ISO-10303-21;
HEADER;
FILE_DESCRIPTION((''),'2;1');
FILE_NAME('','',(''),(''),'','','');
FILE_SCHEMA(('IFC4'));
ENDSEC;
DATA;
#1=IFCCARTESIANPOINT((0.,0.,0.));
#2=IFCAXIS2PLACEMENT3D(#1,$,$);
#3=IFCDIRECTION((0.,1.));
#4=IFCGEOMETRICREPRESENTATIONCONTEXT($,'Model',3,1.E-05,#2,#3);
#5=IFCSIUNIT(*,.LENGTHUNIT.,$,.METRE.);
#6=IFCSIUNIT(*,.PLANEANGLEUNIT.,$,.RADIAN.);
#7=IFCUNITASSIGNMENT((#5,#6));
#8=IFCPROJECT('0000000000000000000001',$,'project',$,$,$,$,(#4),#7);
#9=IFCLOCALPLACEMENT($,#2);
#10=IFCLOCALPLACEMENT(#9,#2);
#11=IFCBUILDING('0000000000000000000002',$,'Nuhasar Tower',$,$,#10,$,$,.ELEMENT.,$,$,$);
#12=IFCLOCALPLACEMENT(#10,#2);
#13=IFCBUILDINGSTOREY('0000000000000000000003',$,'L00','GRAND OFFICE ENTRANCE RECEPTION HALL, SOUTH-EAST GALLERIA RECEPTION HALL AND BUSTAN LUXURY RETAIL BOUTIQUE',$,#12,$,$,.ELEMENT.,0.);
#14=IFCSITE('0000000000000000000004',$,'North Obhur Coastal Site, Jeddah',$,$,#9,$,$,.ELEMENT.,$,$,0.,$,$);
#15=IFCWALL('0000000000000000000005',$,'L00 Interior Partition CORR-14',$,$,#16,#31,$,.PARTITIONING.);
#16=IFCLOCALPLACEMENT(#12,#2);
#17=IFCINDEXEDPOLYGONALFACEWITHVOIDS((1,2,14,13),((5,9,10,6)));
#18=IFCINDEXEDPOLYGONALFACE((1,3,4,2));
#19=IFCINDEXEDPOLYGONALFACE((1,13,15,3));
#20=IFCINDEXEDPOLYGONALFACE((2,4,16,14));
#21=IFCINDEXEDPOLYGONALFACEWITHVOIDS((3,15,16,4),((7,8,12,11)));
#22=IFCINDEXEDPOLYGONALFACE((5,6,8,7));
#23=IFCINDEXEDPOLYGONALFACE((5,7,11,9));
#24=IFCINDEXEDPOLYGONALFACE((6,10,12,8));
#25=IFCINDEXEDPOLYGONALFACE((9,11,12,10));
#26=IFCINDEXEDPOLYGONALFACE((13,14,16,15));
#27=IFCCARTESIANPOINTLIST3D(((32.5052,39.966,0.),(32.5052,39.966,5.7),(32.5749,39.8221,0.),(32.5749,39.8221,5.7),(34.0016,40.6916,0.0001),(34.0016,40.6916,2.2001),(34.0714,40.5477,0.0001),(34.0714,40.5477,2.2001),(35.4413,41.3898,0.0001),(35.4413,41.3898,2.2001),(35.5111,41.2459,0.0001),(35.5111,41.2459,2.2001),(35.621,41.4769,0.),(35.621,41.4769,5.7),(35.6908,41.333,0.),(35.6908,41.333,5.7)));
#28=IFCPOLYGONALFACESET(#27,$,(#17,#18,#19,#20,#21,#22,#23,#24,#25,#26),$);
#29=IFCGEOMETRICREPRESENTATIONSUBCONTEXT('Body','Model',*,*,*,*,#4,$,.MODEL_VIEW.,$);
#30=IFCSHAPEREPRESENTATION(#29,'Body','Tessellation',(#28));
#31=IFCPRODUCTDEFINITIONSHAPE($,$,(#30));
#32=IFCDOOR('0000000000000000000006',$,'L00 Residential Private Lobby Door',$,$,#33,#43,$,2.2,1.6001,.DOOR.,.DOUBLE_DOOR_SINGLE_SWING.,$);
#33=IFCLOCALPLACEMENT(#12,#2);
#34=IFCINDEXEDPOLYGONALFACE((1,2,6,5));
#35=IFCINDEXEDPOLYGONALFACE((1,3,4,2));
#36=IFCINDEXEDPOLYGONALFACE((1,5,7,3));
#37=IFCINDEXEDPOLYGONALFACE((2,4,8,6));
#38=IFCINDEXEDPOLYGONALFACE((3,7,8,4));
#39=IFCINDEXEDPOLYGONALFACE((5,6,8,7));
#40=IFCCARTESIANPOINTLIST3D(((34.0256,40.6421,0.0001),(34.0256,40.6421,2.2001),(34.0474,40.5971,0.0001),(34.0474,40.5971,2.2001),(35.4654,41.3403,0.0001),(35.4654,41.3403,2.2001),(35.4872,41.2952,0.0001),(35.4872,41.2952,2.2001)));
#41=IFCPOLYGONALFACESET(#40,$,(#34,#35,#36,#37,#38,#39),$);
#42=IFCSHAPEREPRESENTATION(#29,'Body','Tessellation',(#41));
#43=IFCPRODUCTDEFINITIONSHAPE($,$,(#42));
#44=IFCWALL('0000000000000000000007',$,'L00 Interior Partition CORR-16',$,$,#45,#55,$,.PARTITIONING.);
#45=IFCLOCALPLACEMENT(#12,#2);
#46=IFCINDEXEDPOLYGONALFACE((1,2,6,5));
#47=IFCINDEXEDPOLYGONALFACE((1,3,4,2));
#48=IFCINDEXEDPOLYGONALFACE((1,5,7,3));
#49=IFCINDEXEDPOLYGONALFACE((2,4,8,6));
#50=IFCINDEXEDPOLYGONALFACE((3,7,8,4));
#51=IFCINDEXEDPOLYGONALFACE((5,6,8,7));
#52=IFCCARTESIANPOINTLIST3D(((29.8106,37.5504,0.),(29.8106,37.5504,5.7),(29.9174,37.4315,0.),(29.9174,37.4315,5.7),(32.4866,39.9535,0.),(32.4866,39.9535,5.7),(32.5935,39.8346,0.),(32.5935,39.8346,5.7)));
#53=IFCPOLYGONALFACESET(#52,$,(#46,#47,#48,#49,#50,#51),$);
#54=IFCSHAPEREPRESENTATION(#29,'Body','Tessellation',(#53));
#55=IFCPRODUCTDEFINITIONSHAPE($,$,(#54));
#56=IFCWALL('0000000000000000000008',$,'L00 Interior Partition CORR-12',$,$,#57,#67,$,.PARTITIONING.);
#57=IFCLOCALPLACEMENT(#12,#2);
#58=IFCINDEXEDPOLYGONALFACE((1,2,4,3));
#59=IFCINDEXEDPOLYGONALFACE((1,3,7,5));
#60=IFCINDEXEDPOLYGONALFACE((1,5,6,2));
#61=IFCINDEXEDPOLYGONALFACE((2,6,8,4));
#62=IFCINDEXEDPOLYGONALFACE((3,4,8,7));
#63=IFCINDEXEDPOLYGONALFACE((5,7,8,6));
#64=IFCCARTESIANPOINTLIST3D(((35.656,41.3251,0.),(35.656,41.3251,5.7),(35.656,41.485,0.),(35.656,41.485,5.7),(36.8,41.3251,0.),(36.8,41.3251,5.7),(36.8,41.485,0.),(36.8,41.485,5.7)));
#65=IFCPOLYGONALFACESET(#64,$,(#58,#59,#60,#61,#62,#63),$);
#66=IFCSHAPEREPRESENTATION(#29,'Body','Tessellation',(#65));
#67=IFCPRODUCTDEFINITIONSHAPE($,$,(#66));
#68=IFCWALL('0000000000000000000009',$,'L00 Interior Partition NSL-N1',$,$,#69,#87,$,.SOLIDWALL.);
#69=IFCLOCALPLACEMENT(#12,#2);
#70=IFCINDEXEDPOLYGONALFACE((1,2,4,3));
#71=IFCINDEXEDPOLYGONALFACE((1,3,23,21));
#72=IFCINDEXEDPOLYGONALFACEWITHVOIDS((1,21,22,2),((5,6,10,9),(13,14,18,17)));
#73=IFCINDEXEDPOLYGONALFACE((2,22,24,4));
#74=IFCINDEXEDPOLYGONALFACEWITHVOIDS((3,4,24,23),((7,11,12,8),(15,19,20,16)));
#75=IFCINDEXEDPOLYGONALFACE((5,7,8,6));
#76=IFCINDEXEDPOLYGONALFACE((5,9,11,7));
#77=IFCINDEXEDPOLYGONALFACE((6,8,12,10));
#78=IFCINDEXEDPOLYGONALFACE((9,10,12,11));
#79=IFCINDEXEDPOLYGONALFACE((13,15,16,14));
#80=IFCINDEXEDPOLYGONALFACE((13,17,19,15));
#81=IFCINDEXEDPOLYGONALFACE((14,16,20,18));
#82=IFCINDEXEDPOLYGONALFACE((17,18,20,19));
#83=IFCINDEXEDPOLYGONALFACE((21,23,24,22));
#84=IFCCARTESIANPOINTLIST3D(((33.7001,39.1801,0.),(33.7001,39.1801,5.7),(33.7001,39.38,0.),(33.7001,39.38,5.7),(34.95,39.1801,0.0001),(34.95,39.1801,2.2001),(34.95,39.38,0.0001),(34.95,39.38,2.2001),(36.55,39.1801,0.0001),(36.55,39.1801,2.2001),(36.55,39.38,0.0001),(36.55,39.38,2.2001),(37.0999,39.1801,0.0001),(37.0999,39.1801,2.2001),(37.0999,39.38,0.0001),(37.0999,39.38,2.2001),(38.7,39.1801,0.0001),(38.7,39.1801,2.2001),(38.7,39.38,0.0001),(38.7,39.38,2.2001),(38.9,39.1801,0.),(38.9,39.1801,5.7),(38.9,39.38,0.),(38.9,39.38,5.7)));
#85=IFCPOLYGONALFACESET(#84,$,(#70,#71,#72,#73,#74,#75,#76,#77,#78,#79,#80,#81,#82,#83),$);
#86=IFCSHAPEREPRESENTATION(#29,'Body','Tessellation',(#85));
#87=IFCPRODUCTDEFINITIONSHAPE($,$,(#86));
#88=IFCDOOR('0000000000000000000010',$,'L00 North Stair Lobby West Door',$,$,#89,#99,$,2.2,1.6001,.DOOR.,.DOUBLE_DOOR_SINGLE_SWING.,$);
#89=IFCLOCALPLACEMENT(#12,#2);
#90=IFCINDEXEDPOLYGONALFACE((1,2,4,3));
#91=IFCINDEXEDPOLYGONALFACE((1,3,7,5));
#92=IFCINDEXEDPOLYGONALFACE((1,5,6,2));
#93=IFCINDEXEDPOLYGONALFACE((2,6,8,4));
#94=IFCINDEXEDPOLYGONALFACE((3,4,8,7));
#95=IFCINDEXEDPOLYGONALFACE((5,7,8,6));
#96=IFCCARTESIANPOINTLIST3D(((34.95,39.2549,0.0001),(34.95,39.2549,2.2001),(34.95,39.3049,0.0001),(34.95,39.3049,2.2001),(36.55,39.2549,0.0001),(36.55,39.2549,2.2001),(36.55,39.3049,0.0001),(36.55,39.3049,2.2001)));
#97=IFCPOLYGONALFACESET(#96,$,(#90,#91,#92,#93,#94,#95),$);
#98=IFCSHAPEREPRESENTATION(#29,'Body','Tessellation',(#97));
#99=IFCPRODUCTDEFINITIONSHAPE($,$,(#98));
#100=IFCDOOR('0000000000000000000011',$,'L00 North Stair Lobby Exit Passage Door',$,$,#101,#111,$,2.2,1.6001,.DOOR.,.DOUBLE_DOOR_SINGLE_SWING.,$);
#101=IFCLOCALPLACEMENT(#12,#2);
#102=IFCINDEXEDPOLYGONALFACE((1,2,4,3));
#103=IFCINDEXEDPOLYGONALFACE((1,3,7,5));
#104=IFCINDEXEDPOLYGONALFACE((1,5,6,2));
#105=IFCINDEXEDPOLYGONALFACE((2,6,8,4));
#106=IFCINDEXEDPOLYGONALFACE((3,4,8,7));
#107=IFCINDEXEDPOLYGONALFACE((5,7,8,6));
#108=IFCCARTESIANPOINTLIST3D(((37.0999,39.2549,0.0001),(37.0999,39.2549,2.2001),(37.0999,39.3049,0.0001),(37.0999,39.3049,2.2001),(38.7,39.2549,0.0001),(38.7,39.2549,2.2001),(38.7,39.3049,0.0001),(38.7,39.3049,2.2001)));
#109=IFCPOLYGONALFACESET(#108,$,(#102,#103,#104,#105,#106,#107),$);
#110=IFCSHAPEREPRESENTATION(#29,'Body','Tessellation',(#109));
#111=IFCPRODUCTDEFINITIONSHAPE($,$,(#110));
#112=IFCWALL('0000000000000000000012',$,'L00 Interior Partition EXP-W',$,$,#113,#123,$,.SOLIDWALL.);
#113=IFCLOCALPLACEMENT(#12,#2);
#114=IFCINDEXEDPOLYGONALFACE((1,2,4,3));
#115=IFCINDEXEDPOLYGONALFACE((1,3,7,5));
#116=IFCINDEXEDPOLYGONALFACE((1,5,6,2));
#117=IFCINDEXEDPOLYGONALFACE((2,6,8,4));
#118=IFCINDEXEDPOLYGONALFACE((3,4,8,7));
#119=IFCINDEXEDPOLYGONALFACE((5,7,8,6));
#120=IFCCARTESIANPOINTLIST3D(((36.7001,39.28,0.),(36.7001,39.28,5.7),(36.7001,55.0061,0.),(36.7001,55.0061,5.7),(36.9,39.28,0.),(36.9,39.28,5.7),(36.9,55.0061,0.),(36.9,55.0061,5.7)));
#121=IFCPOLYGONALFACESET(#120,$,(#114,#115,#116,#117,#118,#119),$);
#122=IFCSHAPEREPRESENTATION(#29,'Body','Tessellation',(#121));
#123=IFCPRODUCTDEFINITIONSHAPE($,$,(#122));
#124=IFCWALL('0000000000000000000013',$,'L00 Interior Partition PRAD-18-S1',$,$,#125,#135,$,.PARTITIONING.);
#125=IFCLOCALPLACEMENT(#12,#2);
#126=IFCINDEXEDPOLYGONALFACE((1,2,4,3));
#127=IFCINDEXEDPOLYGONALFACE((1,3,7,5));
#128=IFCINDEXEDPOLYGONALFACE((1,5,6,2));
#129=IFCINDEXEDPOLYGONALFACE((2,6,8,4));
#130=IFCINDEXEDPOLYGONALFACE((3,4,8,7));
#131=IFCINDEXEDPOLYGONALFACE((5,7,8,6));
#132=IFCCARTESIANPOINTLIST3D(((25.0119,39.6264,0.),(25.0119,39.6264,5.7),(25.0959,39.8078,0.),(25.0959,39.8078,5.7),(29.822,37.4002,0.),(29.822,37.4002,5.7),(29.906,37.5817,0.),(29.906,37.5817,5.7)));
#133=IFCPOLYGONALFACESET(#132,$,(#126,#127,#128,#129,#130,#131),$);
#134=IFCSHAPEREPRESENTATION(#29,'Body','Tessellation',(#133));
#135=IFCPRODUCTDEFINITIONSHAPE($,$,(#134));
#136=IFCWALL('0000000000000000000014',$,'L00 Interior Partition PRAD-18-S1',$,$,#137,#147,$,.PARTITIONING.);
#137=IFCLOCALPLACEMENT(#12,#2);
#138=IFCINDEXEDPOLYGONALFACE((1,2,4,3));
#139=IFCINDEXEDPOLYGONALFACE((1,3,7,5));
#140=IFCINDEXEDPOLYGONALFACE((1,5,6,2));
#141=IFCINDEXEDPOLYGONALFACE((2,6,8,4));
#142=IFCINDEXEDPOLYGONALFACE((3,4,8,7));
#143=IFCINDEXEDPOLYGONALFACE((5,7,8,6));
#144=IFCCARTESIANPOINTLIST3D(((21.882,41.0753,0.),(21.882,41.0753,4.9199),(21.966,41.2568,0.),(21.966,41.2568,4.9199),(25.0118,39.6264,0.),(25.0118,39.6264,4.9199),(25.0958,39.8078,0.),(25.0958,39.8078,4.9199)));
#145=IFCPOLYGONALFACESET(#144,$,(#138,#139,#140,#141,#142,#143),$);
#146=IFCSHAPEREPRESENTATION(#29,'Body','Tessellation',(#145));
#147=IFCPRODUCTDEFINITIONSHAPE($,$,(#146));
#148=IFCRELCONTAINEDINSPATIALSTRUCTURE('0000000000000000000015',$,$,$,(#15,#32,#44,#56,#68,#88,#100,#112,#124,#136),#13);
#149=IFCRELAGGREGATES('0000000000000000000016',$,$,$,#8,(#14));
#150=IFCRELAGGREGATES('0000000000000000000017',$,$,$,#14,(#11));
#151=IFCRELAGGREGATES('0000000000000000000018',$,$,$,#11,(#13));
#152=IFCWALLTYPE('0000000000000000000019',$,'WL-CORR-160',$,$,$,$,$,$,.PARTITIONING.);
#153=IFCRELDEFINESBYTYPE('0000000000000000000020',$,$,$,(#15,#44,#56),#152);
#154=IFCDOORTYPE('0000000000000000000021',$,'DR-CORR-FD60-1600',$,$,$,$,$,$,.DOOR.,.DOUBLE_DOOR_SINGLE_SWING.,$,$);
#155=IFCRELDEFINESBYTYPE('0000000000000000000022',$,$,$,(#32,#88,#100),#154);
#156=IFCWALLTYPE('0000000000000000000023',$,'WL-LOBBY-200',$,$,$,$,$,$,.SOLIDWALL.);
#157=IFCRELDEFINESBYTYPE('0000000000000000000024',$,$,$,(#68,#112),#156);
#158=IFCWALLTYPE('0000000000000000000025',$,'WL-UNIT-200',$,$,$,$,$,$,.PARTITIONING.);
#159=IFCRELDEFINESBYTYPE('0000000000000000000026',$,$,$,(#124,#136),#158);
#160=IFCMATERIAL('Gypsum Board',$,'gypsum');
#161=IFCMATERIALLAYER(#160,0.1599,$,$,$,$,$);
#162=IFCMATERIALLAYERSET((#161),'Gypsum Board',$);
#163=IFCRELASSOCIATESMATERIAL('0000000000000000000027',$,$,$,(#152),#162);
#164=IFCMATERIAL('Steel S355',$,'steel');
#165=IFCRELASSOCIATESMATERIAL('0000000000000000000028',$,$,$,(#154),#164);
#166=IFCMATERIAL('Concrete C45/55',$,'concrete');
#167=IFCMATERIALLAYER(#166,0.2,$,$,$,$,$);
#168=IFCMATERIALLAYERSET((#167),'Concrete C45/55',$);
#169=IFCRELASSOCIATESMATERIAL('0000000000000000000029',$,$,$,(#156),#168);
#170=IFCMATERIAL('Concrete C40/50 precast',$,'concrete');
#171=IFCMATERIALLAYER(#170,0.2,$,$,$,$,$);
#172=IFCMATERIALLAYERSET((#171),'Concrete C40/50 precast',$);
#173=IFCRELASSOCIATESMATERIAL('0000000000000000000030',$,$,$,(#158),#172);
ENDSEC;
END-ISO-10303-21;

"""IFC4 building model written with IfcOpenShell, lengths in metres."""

from ifc_helpers import new_model, si_unit, direction, frame, frame_2d, origin, place, context, subcontext, project, spatial, rectangle, extrude, material, layer, layer_set, type_object, element, fill, save


model = new_model("IFC4")

# Units and contexts
model_context = context("Model", 3, precision=1e-05, world=origin(), true_north=direction((0.0, 1.0)))
body_context = subcontext(model_context, "Body", "Model", "MODEL_VIEW")
ifc_project = project(units=[si_unit("LENGTHUNIT", "METRE"), si_unit("PLANEANGLEUNIT", "RADIAN")], contexts=[model_context])

# Site, building, storey
site_placement = place(None, origin())
site = spatial("IfcSite", under=ifc_project, at=site_placement, Name="North Obhur Coastal Site, Jeddah", CompositionType="ELEMENT", RefElevation=0.0)
building_placement = place(site_placement, origin())
building = spatial("IfcBuilding", under=site, at=building_placement, Name="Nuhasar Tower", CompositionType="ELEMENT")
storey_placement = place(building_placement, origin())
storey = spatial("IfcBuildingStorey", under=building, at=storey_placement, Name="L00", Description="GRAND OFFICE ENTRANCE RECEPTION HALL, SOUTH-EAST GALLERIA RECEPTION HALL AND BUSTAN LUXURY RETAIL BOUTIQUE", CompositionType="ELEMENT", Elevation=0.0)

# Shared definitions
ifc_material_1 = material(Name="Steel S355", Category="steel")

# Wall, opening, door
ifc_material_2 = material(Name="Gypsum Board", Category="gypsum")
ifc_layer_1 = layer(ifc_material_2, 0.1599)
ifc_layer_set_1 = layer_set([ifc_layer_1], Name="Gypsum Board")
wall_type_1 = type_object("IfcWallType", Name="WL-CORR-160", PredefinedType="PARTITIONING", material=ifc_layer_set_1)
wall_1_placement = place(storey_placement, frame((32.54, 39.894, 0.0), z_axis=(0.0, 0.0, 1.0), x_axis=(0.89979, 0.436324, 0.0)))
wall_1 = element("IfcWall", 1, at=wall_1_placement, inside=storey, type_object=wall_type_1, Name="L00 Interior Partition CORR-14", PredefinedType="PARTITIONING", context=body_context, shape_type="SweptSolid", body=[
    extrude(rectangle(XDim=3.4629, YDim=0.1599, at=frame_2d((1.7314, 0.0))), origin(), (0.0, 0.0, 1.0), 5.7),
])
opening_1_placement = place(wall_1_placement, frame((1.6631, 0.0, 0.0)))
opening_1 = element("IfcOpeningElement", 2, at=opening_1_placement, cuts=wall_1, PredefinedType="OPENING", context=body_context, shape_type="SweptSolid", body=[
    extrude(rectangle(XDim=1.6001, YDim=2.2, at=frame_2d((0.8, 1.1001))), frame((0.0, 0.0898, 0.0), z_axis=(0.0, -1.0, 0.0), x_axis=(1.0, 0.0, 0.0)), (0.0, 0.0, 1.0), 0.1799),
])
door_type = type_object("IfcDoorType", Name="DR-CORR-FD60-1600", OperationType="DOUBLE_DOOR_SINGLE_SWING", PredefinedType="DOOR", material=ifc_material_1)
door_1_placement = place(opening_1_placement, origin())
door_1 = element("IfcDoor", 3, at=door_1_placement, inside=storey, type_object=door_type, Name="L00 Residential Private Lobby Door", OperationType="DOUBLE_DOOR_SINGLE_SWING", OverallHeight=2.2, OverallWidth=1.6001, PredefinedType="DOOR", context=body_context, shape_type="SweptSolid", body=[
    extrude(rectangle(XDim=1.6001, YDim=2.2, at=frame_2d((0.8, 1.1001))), frame((0.0, 0.0249, 0.0), z_axis=(0.0, -1.0, 0.0), x_axis=(1.0, 0.0, 0.0)), (0.0, 0.0, 1.0), 0.05),
])
fill(opening_1, door_1)

# Walls
wall_2_placement = place(storey_placement, frame((32.54, 39.894, 0.0), z_axis=(0.0, 0.0, 1.0), x_axis=(-0.744033, -0.668143, 0.0)))
element("IfcWall", 4, at=wall_2_placement, inside=storey, type_object=wall_type_1, Name="L00 Interior Partition CORR-16", PredefinedType="PARTITIONING", context=body_context, shape_type="SweptSolid", body=[
    extrude(rectangle(XDim=3.5967, YDim=0.1599, at=frame_2d((1.7983, 0.0))), origin(), (0.0, 0.0, 1.0), 5.7),
])
wall_3_placement = place(storey_placement, frame((36.8, 41.405, 0.0), z_axis=(0.0, 0.0, 1.0), x_axis=(-1.0, 0.0, 0.0)))
element("IfcWall", 5, at=wall_3_placement, inside=storey, type_object=wall_type_1, Name="L00 Interior Partition CORR-12", PredefinedType="PARTITIONING", context=body_context, shape_type="SweptSolid", body=[
    extrude(rectangle(XDim=1.144, YDim=0.1599, at=frame_2d((0.572, 0.0))), origin(), (0.0, 0.0, 1.0), 5.7),
])

# Wall, openings, doors
ifc_material_3 = material(Name="Concrete C45/55", Category="concrete")
ifc_layer_2 = layer(ifc_material_3, 0.2)
ifc_layer_set_2 = layer_set([ifc_layer_2], Name="Concrete C45/55")
wall_type_2 = type_object("IfcWallType", Name="WL-LOBBY-200", PredefinedType="SOLIDWALL", material=ifc_layer_set_2)
wall_4_placement = place(storey_placement, frame((33.7, 39.28, 0.0), z_axis=(0.0, 0.0, 1.0), x_axis=(1.0, 0.0, 0.0)))
wall_4 = element("IfcWall", 6, at=wall_4_placement, inside=storey, type_object=wall_type_2, Name="L00 Interior Partition NSL-N1", PredefinedType="SOLIDWALL", context=body_context, shape_type="SweptSolid", body=[
    extrude(rectangle(XDim=5.2, YDim=0.2, at=frame_2d((2.6001, 0.0))), origin(), (0.0, 0.0, 1.0), 5.7),
])
opening_2_placement = place(wall_4_placement, frame((1.25, 0.0, 0.0)))
opening_2 = element("IfcOpeningElement", 7, at=opening_2_placement, cuts=wall_4, PredefinedType="OPENING", context=body_context, shape_type="SweptSolid", body=[
    extrude(rectangle(XDim=1.6001, YDim=2.2, at=frame_2d((0.8, 1.1001))), frame((0.0, 0.1099, 0.0), z_axis=(0.0, -1.0, 0.0), x_axis=(1.0, 0.0, 0.0)), (0.0, 0.0, 1.0), 0.22),
])
opening_3_placement = place(wall_4_placement, frame((3.3999, 0.0, 0.0)))
opening_3 = element("IfcOpeningElement", 8, at=opening_3_placement, cuts=wall_4, PredefinedType="OPENING", context=body_context, shape_type="SweptSolid", body=[
    extrude(rectangle(XDim=1.6001, YDim=2.2, at=frame_2d((0.8, 1.1001))), frame((0.0, 0.1099, 0.0), z_axis=(0.0, -1.0, 0.0), x_axis=(1.0, 0.0, 0.0)), (0.0, 0.0, 1.0), 0.22),
])
door_2_placement = place(opening_2_placement, origin())
door_2 = element("IfcDoor", 9, at=door_2_placement, inside=storey, type_object=door_type, Name="L00 North Stair Lobby West Door", OperationType="DOUBLE_DOOR_SINGLE_SWING", OverallHeight=2.2, OverallWidth=1.6001, PredefinedType="DOOR", context=body_context, shape_type="SweptSolid", body=[
    extrude(rectangle(XDim=1.6001, YDim=2.2, at=frame_2d((0.8, 1.1001))), frame((0.0, 0.0249, 0.0), z_axis=(0.0, -1.0, 0.0), x_axis=(1.0, 0.0, 0.0)), (0.0, 0.0, 1.0), 0.05),
])
fill(opening_2, door_2)
door_3_placement = place(opening_3_placement, origin())
door_3 = element("IfcDoor", 10, at=door_3_placement, inside=storey, type_object=door_type, Name="L00 North Stair Lobby Exit Passage Door", OperationType="DOUBLE_DOOR_SINGLE_SWING", OverallHeight=2.2, OverallWidth=1.6001, PredefinedType="DOOR", context=body_context, shape_type="SweptSolid", body=[
    extrude(rectangle(XDim=1.6001, YDim=2.2, at=frame_2d((0.8, 1.1001))), frame((0.0, 0.0249, 0.0), z_axis=(0.0, -1.0, 0.0), x_axis=(1.0, 0.0, 0.0)), (0.0, 0.0, 1.0), 0.05),
])
fill(opening_3, door_3)

# Walls
wall_5_placement = place(storey_placement, frame((36.8, 39.28, 0.0), z_axis=(0.0, 0.0, 1.0), x_axis=(0.0, 1.0, 0.0)))
element("IfcWall", 11, at=wall_5_placement, inside=storey, type_object=wall_type_2, Name="L00 Interior Partition EXP-W", PredefinedType="SOLIDWALL", context=body_context, shape_type="SweptSolid", body=[
    extrude(rectangle(XDim=15.7261, YDim=0.2, at=frame_2d((7.863, 0.0))), origin(), (0.0, 0.0, 1.0), 5.7),
])
ifc_material_4 = material(Name="Concrete C40/50 precast", Category="concrete")
ifc_layer_3 = layer(ifc_material_4, 0.2)
ifc_layer_set_3 = layer_set([ifc_layer_3], Name="Concrete C40/50 precast")
wall_type_3 = type_object("IfcWallType", Name="WL-UNIT-200", PredefinedType="PARTITIONING", material=ifc_layer_set_3)
wall_6_placement = place(storey_placement, frame((29.864, 37.491, 0.0), z_axis=(0.0, 0.0, 1.0), x_axis=(-0.907525, 0.419999, 0.0)))
element("IfcWall", 12, at=wall_6_placement, inside=storey, type_object=wall_type_3, Name="L00 Interior Partition PRAD-18-S1", PredefinedType="PARTITIONING", context=body_context, shape_type="SweptSolid", body=[
    extrude(rectangle(XDim=5.3003, YDim=0.2, at=frame_2d((2.6501, 0.0))), origin(), (0.0, 0.0, 1.0), 5.7),
])
wall_7_placement = place(storey_placement, frame((25.054, 39.717, 0.0), z_axis=(0.0, 0.0, 1.0), x_axis=(-0.907472, 0.420113, 0.0)))
element("IfcWall", 13, at=wall_7_placement, inside=storey, type_object=wall_type_3, Name="L00 Interior Partition PRAD-18-S1", PredefinedType="PARTITIONING", context=body_context, shape_type="SweptSolid", body=[
    extrude(rectangle(XDim=3.449, YDim=0.2, at=frame_2d((1.7246, 0.0))), origin(), (0.0, 0.0, 1.0), 4.9199),
])

save(model, "model.ifc")
